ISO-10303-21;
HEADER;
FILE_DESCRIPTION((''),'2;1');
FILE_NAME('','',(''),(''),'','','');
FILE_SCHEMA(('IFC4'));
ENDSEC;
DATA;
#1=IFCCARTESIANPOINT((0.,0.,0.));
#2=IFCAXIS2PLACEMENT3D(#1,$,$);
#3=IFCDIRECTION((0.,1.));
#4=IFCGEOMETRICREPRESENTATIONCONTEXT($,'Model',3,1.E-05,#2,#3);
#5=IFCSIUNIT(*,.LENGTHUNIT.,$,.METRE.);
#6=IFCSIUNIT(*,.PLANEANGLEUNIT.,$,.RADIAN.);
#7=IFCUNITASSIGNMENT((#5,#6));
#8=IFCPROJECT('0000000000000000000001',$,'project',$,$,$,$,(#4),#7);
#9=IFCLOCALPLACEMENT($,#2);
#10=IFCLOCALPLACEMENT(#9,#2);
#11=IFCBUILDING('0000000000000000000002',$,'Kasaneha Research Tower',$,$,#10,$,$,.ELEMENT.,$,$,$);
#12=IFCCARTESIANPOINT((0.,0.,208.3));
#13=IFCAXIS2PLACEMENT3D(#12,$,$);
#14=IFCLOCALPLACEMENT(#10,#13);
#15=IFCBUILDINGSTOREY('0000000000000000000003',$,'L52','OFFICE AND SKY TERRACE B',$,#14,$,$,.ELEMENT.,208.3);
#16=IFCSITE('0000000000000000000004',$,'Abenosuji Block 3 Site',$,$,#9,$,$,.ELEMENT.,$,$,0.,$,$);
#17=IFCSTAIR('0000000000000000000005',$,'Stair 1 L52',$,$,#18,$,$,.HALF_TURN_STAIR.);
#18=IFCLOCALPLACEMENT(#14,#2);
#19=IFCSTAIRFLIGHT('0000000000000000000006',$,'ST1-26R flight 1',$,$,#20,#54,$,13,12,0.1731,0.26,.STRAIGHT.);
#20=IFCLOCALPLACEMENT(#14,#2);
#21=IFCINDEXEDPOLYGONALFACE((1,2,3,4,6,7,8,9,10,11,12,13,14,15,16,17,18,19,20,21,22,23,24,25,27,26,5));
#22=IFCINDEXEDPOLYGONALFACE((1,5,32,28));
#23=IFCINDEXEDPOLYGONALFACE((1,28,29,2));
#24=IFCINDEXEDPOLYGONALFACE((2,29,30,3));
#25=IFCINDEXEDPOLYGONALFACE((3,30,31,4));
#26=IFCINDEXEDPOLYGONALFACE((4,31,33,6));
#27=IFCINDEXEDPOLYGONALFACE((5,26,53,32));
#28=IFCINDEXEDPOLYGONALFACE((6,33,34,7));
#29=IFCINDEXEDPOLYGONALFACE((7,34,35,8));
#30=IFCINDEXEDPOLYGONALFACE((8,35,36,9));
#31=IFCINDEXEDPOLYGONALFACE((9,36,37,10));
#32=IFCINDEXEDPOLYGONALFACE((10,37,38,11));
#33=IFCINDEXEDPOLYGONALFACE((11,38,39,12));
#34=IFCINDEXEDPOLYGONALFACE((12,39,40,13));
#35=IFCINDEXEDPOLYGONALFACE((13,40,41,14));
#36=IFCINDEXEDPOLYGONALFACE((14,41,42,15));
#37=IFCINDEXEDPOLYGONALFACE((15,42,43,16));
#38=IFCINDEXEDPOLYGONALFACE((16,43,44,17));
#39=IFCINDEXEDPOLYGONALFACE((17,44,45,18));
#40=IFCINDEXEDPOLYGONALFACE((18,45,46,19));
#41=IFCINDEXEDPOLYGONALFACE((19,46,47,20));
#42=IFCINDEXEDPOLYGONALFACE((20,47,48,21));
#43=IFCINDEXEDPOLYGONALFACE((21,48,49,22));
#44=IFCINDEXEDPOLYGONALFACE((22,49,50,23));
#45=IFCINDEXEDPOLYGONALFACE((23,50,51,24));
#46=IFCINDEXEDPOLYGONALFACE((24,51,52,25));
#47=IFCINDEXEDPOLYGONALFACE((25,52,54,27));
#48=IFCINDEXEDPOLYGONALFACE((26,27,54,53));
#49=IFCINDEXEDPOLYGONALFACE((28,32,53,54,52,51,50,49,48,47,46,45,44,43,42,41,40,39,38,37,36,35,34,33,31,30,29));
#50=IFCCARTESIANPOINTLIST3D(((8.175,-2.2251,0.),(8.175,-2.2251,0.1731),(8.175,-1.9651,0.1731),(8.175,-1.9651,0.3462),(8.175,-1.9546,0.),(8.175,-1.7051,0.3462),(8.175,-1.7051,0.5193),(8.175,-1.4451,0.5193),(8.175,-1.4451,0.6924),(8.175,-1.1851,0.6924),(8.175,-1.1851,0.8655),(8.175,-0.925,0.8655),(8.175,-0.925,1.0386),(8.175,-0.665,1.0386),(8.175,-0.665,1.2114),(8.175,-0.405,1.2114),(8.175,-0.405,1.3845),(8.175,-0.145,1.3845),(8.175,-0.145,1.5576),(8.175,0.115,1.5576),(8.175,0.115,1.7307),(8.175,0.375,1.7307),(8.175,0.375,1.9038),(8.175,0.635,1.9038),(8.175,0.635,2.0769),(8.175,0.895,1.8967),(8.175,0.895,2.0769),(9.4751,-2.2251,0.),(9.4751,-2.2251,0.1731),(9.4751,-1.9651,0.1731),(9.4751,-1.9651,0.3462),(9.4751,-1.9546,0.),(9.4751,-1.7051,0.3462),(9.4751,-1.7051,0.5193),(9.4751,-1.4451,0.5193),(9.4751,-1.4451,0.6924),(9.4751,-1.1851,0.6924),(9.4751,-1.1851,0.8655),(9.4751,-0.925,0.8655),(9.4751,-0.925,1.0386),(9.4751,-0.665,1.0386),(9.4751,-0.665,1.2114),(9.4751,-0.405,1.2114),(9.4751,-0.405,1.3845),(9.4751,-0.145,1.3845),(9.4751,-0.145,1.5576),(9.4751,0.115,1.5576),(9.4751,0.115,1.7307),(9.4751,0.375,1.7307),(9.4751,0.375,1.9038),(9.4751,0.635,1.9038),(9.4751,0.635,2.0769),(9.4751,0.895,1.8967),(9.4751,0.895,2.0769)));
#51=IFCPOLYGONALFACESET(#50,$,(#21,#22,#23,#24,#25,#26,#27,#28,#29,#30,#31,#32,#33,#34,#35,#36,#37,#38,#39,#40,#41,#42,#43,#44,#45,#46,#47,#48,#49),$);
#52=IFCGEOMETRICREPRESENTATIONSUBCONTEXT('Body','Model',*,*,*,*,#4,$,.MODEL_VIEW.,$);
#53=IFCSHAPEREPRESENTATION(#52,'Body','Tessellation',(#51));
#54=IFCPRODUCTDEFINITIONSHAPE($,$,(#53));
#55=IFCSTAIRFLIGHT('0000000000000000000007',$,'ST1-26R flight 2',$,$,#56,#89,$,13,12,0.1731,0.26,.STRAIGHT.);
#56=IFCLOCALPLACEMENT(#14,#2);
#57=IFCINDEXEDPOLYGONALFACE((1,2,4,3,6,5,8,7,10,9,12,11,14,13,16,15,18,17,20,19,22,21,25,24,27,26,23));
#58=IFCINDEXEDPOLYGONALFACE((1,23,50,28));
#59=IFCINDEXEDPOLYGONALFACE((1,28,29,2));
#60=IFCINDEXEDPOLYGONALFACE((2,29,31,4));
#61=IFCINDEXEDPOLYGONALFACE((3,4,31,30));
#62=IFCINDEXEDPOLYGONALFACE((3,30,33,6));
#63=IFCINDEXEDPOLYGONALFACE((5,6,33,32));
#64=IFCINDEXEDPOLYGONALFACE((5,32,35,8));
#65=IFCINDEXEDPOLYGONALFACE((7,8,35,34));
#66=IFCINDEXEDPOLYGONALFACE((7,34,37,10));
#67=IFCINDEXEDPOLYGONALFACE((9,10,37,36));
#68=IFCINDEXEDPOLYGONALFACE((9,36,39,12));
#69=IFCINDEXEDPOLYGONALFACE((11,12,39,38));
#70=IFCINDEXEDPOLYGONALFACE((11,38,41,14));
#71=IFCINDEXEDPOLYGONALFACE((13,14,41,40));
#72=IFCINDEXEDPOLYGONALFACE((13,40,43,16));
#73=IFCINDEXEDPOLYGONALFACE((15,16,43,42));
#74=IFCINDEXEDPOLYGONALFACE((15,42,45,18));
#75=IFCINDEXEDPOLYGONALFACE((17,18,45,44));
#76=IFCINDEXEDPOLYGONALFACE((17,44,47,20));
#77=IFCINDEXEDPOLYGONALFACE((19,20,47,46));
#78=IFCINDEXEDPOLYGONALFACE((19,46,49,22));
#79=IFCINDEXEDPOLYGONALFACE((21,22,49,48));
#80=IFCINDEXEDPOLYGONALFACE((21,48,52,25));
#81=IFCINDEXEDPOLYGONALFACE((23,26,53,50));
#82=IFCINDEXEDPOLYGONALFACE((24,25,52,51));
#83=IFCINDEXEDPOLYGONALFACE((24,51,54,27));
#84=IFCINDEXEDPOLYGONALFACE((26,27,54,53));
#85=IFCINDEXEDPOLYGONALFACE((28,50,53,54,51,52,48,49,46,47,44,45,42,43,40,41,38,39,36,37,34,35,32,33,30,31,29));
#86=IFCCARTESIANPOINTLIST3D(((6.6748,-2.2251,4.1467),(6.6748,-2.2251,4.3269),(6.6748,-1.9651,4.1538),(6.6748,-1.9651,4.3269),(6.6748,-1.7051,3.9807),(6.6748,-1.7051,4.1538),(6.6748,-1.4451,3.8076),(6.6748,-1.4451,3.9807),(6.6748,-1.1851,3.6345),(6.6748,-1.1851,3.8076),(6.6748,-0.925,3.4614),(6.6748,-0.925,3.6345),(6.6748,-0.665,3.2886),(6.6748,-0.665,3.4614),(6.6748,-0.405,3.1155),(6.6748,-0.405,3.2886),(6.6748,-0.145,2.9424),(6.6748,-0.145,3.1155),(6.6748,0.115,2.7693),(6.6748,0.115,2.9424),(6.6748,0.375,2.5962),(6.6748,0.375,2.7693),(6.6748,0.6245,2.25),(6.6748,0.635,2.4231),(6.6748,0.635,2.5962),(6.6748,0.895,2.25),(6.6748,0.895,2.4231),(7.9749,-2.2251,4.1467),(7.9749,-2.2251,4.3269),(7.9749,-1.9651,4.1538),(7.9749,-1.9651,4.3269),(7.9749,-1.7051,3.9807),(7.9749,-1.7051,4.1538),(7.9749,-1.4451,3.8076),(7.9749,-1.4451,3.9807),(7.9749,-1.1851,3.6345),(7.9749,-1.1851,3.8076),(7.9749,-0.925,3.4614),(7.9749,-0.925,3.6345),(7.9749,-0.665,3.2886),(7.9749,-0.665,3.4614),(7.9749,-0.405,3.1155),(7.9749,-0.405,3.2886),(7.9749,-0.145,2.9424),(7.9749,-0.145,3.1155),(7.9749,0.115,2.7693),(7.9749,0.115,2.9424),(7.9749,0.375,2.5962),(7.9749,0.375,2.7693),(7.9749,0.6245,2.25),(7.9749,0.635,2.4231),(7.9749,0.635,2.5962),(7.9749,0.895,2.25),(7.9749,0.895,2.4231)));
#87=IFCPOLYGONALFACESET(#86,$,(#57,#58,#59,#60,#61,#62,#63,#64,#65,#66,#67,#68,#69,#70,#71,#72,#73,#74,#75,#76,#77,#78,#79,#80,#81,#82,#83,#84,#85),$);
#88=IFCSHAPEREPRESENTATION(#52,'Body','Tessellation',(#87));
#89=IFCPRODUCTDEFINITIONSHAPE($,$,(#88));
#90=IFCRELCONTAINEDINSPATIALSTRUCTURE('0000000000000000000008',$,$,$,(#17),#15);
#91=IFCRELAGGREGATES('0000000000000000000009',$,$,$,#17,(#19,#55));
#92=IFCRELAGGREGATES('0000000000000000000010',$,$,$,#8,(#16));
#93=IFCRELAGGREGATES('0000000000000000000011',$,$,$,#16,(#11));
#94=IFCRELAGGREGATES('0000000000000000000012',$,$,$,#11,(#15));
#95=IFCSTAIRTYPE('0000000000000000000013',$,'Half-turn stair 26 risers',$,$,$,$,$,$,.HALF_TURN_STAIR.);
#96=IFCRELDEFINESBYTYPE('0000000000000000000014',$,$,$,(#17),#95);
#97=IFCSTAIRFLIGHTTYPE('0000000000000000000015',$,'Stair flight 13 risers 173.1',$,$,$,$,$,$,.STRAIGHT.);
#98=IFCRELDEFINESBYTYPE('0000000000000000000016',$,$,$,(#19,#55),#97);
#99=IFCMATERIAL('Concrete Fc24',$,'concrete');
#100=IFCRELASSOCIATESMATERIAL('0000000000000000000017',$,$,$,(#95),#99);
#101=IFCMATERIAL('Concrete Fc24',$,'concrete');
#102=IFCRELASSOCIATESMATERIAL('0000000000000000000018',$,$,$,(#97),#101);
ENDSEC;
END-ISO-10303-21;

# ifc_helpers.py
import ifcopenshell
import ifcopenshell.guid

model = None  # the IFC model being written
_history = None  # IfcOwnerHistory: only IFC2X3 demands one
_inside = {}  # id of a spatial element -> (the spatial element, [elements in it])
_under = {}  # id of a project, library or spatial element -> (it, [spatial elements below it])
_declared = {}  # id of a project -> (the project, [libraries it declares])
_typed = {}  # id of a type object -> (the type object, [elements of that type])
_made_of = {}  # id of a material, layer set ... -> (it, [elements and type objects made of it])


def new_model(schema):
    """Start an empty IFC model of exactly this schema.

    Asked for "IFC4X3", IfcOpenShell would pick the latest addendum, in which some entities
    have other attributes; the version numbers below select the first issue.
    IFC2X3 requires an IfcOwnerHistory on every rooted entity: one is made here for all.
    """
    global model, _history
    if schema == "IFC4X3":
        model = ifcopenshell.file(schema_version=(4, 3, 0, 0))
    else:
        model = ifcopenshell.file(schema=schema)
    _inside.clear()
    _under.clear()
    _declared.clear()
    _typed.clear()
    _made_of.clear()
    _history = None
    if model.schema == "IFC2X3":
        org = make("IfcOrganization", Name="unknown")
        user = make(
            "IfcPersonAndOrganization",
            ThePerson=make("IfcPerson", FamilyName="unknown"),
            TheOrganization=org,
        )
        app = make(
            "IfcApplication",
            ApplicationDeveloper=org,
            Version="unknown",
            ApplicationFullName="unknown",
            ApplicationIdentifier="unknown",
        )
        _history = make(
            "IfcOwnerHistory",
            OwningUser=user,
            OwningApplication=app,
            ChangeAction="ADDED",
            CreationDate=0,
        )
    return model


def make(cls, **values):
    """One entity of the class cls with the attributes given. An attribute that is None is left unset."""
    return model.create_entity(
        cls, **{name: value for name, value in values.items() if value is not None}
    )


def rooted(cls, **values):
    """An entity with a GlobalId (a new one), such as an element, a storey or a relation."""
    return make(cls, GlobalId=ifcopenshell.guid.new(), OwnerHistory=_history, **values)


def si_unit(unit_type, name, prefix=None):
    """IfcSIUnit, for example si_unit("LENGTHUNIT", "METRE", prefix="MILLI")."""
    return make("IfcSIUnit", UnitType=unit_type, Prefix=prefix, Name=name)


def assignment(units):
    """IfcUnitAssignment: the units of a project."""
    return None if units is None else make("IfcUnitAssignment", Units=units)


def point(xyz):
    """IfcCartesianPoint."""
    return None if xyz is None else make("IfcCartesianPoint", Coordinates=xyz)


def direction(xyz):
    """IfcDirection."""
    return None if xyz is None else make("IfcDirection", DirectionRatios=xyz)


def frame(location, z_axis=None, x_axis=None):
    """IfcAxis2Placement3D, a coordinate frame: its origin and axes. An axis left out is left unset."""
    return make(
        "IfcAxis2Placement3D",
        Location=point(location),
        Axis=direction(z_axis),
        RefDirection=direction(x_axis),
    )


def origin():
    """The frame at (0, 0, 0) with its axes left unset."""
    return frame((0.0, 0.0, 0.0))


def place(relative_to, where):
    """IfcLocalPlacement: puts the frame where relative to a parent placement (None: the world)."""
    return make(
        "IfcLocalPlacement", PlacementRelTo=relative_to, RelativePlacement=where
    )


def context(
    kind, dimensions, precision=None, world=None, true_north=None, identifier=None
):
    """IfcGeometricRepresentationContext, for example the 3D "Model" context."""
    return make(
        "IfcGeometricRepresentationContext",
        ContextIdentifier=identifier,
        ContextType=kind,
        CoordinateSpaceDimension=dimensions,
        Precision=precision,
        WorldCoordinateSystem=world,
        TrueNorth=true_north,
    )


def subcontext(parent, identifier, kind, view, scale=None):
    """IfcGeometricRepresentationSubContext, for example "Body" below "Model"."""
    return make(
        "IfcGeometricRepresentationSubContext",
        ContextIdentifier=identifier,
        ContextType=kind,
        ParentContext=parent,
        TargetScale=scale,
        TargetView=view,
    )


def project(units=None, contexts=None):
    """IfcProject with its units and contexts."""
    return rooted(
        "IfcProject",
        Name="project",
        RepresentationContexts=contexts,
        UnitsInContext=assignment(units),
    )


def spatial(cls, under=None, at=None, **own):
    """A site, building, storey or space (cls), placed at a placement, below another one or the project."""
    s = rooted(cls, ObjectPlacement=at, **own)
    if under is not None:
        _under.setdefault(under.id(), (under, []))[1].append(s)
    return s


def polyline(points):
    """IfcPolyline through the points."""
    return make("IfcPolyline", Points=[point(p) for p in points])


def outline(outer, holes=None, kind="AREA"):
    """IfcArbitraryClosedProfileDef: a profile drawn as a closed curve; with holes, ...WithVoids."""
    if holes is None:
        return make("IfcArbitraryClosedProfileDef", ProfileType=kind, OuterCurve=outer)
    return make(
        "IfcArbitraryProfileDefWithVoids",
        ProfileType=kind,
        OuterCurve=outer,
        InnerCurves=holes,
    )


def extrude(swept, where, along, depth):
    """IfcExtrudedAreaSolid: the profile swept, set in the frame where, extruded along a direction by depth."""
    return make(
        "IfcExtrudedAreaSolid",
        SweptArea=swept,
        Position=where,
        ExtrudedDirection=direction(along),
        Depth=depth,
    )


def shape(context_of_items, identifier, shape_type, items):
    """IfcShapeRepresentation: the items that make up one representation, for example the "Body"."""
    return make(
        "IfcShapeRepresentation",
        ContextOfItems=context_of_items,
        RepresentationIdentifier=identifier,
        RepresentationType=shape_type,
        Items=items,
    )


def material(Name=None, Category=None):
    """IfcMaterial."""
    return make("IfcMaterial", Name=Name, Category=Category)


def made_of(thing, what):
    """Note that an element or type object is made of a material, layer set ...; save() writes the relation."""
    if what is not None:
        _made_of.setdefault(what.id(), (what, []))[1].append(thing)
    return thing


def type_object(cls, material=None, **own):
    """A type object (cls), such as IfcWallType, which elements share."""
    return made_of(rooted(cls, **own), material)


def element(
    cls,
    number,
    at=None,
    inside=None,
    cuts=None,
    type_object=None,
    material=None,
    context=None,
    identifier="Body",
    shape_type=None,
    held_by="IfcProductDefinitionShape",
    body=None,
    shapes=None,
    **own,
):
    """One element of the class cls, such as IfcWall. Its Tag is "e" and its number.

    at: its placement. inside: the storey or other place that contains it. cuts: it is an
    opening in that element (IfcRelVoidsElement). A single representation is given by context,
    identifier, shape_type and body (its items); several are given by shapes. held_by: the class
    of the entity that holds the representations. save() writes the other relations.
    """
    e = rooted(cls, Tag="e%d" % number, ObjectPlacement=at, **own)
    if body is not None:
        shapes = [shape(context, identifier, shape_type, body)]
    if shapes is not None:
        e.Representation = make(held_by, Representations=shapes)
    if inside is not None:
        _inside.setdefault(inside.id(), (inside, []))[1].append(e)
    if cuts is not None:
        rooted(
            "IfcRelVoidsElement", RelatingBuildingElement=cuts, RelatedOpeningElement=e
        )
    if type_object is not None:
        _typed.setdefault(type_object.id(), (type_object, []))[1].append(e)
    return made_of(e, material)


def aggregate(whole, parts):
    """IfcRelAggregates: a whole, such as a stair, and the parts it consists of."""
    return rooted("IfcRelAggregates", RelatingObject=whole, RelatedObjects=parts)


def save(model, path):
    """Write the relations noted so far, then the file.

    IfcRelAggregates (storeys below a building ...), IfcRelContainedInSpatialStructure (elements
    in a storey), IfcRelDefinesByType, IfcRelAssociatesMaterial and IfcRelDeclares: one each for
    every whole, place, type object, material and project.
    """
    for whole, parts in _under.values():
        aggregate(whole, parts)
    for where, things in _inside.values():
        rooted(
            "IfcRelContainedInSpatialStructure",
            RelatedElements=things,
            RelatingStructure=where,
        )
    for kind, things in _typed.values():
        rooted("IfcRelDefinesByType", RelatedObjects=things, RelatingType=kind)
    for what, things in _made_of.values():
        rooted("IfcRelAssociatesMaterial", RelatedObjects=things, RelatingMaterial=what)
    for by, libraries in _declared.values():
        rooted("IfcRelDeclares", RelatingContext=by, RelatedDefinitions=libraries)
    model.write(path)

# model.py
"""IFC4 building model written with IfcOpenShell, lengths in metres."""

from ifc_helpers import new_model, si_unit, direction, frame, origin, place, context, subcontext, project, spatial, polyline, outline, extrude, material, type_object, element, aggregate, save


model = new_model("IFC4")

# Units and contexts
model_context = context("Model", 3, precision=1e-05, world=origin(), true_north=direction((0.0, 1.0)))
body_context = subcontext(model_context, "Body", "Model", "MODEL_VIEW")
ifc_project = project(units=[si_unit("LENGTHUNIT", "METRE"), si_unit("PLANEANGLEUNIT", "RADIAN")], contexts=[model_context])

# Site, building, storey
site_placement = place(None, origin())
site = spatial("IfcSite", under=ifc_project, at=site_placement, Name="Abenosuji Block 3 Site", CompositionType="ELEMENT", RefElevation=0.0)
building_placement = place(site_placement, origin())
building = spatial("IfcBuilding", under=site, at=building_placement, Name="Kasaneha Research Tower", CompositionType="ELEMENT")
storey_placement = place(building_placement, frame((0.0, 0.0, 208.3)))
storey = spatial("IfcBuildingStorey", under=building, at=storey_placement, Name="L52", Description="OFFICE AND SKY TERRACE B", CompositionType="ELEMENT", Elevation=208.3)

# Stair, stair flights
ifc_material_1 = material(Name="Concrete Fc24", Category="concrete")
stair_type = type_object("IfcStairType", Name="Half-turn stair 26 risers", PredefinedType="HALF_TURN_STAIR", material=ifc_material_1)
stair_placement = place(storey_placement, origin())
stair = element("IfcStair", 1, at=stair_placement, inside=storey, type_object=stair_type, Name="Stair 1 L52", PredefinedType="HALF_TURN_STAIR")
ifc_material_2 = material(Name="Concrete Fc24", Category="concrete")
stair_flight_type = type_object("IfcStairFlightType", Name="Stair flight 13 risers 173.1", PredefinedType="STRAIGHT", material=ifc_material_2)
stair_flight_1_placement = place(storey_placement, frame((8.825, -2.2251, 0.0), z_axis=(0.0, 0.0, 1.0), x_axis=(0.0, 1.0, 0.0)))
stair_flight_1 = element("IfcStairFlight", 2, at=stair_flight_1_placement, type_object=stair_flight_type, Name="ST1-26R flight 1", NumberOfRisers=13, NumberOfTreads=12, PredefinedType="STRAIGHT", RiserHeight=0.1731, TreadLength=0.26, context=body_context, shape_type="SweptSolid", body=[
    extrude(outline(polyline([(0.0, 0.0), (0.0, 0.1731), (0.26, 0.1731), (0.26, 0.3462), (0.52, 0.3462), (0.52, 0.5193), (0.78, 0.5193), (0.78, 0.6924), (1.04, 0.6924), (1.04, 0.8655), (1.3, 0.8655), (1.3, 1.0386), (1.5601, 1.0386), (1.5601, 1.2114), (1.8201, 1.2114), (1.8201, 1.3845), (2.0801, 1.3845), (2.0801, 1.5576), (2.3401, 1.5576), (2.3401, 1.7307), (2.6001, 1.7307), (2.6001, 1.9038), (2.8601, 1.9038), (2.8601, 2.0769), (3.1201, 2.0769), (3.1201, 2.25), (3.1201, 1.8967), (0.2705, 0.0), (0.0, 0.0)])), frame((0.0, 0.6499, 0.0), z_axis=(0.0, -1.0, 0.0), x_axis=(1.0, 0.0, 0.0)), (0.0, 0.0, 1.0), 1.3),
])
stair_flight_2_placement = place(storey_placement, frame((7.325, 0.895, 2.25), z_axis=(0.0, 0.0, 1.0), x_axis=(0.0, -1.0, 0.0)))
stair_flight_2 = element("IfcStairFlight", 3, at=stair_flight_2_placement, type_object=stair_flight_type, Name="ST1-26R flight 2", NumberOfRisers=13, NumberOfTreads=12, PredefinedType="STRAIGHT", RiserHeight=0.1731, TreadLength=0.26, context=body_context, shape_type="SweptSolid", body=[
    extrude(outline(polyline([(0.0, 0.0), (0.0, 0.1731), (0.26, 0.1731), (0.26, 0.3462), (0.52, 0.3462), (0.52, 0.5193), (0.78, 0.5193), (0.78, 0.6924), (1.04, 0.6924), (1.04, 0.8655), (1.3, 0.8655), (1.3, 1.0386), (1.5601, 1.0386), (1.5601, 1.2114), (1.8201, 1.2114), (1.8201, 1.3845), (2.0801, 1.3845), (2.0801, 1.5576), (2.3401, 1.5576), (2.3401, 1.7307), (2.6001, 1.7307), (2.6001, 1.9038), (2.8601, 1.9038), (2.8601, 2.0769), (3.1201, 2.0769), (3.1201, 2.25), (3.1201, 1.8967), (0.2705, 0.0), (0.0, 0.0)])), frame((0.0, 0.6499, 0.0), z_axis=(0.0, -1.0, 0.0), x_axis=(1.0, 0.0, 0.0)), (0.0, 0.0, 1.0), 1.3),
])
aggregate(stair, [stair_flight_1, stair_flight_2])

save(model, "model.ifc")
